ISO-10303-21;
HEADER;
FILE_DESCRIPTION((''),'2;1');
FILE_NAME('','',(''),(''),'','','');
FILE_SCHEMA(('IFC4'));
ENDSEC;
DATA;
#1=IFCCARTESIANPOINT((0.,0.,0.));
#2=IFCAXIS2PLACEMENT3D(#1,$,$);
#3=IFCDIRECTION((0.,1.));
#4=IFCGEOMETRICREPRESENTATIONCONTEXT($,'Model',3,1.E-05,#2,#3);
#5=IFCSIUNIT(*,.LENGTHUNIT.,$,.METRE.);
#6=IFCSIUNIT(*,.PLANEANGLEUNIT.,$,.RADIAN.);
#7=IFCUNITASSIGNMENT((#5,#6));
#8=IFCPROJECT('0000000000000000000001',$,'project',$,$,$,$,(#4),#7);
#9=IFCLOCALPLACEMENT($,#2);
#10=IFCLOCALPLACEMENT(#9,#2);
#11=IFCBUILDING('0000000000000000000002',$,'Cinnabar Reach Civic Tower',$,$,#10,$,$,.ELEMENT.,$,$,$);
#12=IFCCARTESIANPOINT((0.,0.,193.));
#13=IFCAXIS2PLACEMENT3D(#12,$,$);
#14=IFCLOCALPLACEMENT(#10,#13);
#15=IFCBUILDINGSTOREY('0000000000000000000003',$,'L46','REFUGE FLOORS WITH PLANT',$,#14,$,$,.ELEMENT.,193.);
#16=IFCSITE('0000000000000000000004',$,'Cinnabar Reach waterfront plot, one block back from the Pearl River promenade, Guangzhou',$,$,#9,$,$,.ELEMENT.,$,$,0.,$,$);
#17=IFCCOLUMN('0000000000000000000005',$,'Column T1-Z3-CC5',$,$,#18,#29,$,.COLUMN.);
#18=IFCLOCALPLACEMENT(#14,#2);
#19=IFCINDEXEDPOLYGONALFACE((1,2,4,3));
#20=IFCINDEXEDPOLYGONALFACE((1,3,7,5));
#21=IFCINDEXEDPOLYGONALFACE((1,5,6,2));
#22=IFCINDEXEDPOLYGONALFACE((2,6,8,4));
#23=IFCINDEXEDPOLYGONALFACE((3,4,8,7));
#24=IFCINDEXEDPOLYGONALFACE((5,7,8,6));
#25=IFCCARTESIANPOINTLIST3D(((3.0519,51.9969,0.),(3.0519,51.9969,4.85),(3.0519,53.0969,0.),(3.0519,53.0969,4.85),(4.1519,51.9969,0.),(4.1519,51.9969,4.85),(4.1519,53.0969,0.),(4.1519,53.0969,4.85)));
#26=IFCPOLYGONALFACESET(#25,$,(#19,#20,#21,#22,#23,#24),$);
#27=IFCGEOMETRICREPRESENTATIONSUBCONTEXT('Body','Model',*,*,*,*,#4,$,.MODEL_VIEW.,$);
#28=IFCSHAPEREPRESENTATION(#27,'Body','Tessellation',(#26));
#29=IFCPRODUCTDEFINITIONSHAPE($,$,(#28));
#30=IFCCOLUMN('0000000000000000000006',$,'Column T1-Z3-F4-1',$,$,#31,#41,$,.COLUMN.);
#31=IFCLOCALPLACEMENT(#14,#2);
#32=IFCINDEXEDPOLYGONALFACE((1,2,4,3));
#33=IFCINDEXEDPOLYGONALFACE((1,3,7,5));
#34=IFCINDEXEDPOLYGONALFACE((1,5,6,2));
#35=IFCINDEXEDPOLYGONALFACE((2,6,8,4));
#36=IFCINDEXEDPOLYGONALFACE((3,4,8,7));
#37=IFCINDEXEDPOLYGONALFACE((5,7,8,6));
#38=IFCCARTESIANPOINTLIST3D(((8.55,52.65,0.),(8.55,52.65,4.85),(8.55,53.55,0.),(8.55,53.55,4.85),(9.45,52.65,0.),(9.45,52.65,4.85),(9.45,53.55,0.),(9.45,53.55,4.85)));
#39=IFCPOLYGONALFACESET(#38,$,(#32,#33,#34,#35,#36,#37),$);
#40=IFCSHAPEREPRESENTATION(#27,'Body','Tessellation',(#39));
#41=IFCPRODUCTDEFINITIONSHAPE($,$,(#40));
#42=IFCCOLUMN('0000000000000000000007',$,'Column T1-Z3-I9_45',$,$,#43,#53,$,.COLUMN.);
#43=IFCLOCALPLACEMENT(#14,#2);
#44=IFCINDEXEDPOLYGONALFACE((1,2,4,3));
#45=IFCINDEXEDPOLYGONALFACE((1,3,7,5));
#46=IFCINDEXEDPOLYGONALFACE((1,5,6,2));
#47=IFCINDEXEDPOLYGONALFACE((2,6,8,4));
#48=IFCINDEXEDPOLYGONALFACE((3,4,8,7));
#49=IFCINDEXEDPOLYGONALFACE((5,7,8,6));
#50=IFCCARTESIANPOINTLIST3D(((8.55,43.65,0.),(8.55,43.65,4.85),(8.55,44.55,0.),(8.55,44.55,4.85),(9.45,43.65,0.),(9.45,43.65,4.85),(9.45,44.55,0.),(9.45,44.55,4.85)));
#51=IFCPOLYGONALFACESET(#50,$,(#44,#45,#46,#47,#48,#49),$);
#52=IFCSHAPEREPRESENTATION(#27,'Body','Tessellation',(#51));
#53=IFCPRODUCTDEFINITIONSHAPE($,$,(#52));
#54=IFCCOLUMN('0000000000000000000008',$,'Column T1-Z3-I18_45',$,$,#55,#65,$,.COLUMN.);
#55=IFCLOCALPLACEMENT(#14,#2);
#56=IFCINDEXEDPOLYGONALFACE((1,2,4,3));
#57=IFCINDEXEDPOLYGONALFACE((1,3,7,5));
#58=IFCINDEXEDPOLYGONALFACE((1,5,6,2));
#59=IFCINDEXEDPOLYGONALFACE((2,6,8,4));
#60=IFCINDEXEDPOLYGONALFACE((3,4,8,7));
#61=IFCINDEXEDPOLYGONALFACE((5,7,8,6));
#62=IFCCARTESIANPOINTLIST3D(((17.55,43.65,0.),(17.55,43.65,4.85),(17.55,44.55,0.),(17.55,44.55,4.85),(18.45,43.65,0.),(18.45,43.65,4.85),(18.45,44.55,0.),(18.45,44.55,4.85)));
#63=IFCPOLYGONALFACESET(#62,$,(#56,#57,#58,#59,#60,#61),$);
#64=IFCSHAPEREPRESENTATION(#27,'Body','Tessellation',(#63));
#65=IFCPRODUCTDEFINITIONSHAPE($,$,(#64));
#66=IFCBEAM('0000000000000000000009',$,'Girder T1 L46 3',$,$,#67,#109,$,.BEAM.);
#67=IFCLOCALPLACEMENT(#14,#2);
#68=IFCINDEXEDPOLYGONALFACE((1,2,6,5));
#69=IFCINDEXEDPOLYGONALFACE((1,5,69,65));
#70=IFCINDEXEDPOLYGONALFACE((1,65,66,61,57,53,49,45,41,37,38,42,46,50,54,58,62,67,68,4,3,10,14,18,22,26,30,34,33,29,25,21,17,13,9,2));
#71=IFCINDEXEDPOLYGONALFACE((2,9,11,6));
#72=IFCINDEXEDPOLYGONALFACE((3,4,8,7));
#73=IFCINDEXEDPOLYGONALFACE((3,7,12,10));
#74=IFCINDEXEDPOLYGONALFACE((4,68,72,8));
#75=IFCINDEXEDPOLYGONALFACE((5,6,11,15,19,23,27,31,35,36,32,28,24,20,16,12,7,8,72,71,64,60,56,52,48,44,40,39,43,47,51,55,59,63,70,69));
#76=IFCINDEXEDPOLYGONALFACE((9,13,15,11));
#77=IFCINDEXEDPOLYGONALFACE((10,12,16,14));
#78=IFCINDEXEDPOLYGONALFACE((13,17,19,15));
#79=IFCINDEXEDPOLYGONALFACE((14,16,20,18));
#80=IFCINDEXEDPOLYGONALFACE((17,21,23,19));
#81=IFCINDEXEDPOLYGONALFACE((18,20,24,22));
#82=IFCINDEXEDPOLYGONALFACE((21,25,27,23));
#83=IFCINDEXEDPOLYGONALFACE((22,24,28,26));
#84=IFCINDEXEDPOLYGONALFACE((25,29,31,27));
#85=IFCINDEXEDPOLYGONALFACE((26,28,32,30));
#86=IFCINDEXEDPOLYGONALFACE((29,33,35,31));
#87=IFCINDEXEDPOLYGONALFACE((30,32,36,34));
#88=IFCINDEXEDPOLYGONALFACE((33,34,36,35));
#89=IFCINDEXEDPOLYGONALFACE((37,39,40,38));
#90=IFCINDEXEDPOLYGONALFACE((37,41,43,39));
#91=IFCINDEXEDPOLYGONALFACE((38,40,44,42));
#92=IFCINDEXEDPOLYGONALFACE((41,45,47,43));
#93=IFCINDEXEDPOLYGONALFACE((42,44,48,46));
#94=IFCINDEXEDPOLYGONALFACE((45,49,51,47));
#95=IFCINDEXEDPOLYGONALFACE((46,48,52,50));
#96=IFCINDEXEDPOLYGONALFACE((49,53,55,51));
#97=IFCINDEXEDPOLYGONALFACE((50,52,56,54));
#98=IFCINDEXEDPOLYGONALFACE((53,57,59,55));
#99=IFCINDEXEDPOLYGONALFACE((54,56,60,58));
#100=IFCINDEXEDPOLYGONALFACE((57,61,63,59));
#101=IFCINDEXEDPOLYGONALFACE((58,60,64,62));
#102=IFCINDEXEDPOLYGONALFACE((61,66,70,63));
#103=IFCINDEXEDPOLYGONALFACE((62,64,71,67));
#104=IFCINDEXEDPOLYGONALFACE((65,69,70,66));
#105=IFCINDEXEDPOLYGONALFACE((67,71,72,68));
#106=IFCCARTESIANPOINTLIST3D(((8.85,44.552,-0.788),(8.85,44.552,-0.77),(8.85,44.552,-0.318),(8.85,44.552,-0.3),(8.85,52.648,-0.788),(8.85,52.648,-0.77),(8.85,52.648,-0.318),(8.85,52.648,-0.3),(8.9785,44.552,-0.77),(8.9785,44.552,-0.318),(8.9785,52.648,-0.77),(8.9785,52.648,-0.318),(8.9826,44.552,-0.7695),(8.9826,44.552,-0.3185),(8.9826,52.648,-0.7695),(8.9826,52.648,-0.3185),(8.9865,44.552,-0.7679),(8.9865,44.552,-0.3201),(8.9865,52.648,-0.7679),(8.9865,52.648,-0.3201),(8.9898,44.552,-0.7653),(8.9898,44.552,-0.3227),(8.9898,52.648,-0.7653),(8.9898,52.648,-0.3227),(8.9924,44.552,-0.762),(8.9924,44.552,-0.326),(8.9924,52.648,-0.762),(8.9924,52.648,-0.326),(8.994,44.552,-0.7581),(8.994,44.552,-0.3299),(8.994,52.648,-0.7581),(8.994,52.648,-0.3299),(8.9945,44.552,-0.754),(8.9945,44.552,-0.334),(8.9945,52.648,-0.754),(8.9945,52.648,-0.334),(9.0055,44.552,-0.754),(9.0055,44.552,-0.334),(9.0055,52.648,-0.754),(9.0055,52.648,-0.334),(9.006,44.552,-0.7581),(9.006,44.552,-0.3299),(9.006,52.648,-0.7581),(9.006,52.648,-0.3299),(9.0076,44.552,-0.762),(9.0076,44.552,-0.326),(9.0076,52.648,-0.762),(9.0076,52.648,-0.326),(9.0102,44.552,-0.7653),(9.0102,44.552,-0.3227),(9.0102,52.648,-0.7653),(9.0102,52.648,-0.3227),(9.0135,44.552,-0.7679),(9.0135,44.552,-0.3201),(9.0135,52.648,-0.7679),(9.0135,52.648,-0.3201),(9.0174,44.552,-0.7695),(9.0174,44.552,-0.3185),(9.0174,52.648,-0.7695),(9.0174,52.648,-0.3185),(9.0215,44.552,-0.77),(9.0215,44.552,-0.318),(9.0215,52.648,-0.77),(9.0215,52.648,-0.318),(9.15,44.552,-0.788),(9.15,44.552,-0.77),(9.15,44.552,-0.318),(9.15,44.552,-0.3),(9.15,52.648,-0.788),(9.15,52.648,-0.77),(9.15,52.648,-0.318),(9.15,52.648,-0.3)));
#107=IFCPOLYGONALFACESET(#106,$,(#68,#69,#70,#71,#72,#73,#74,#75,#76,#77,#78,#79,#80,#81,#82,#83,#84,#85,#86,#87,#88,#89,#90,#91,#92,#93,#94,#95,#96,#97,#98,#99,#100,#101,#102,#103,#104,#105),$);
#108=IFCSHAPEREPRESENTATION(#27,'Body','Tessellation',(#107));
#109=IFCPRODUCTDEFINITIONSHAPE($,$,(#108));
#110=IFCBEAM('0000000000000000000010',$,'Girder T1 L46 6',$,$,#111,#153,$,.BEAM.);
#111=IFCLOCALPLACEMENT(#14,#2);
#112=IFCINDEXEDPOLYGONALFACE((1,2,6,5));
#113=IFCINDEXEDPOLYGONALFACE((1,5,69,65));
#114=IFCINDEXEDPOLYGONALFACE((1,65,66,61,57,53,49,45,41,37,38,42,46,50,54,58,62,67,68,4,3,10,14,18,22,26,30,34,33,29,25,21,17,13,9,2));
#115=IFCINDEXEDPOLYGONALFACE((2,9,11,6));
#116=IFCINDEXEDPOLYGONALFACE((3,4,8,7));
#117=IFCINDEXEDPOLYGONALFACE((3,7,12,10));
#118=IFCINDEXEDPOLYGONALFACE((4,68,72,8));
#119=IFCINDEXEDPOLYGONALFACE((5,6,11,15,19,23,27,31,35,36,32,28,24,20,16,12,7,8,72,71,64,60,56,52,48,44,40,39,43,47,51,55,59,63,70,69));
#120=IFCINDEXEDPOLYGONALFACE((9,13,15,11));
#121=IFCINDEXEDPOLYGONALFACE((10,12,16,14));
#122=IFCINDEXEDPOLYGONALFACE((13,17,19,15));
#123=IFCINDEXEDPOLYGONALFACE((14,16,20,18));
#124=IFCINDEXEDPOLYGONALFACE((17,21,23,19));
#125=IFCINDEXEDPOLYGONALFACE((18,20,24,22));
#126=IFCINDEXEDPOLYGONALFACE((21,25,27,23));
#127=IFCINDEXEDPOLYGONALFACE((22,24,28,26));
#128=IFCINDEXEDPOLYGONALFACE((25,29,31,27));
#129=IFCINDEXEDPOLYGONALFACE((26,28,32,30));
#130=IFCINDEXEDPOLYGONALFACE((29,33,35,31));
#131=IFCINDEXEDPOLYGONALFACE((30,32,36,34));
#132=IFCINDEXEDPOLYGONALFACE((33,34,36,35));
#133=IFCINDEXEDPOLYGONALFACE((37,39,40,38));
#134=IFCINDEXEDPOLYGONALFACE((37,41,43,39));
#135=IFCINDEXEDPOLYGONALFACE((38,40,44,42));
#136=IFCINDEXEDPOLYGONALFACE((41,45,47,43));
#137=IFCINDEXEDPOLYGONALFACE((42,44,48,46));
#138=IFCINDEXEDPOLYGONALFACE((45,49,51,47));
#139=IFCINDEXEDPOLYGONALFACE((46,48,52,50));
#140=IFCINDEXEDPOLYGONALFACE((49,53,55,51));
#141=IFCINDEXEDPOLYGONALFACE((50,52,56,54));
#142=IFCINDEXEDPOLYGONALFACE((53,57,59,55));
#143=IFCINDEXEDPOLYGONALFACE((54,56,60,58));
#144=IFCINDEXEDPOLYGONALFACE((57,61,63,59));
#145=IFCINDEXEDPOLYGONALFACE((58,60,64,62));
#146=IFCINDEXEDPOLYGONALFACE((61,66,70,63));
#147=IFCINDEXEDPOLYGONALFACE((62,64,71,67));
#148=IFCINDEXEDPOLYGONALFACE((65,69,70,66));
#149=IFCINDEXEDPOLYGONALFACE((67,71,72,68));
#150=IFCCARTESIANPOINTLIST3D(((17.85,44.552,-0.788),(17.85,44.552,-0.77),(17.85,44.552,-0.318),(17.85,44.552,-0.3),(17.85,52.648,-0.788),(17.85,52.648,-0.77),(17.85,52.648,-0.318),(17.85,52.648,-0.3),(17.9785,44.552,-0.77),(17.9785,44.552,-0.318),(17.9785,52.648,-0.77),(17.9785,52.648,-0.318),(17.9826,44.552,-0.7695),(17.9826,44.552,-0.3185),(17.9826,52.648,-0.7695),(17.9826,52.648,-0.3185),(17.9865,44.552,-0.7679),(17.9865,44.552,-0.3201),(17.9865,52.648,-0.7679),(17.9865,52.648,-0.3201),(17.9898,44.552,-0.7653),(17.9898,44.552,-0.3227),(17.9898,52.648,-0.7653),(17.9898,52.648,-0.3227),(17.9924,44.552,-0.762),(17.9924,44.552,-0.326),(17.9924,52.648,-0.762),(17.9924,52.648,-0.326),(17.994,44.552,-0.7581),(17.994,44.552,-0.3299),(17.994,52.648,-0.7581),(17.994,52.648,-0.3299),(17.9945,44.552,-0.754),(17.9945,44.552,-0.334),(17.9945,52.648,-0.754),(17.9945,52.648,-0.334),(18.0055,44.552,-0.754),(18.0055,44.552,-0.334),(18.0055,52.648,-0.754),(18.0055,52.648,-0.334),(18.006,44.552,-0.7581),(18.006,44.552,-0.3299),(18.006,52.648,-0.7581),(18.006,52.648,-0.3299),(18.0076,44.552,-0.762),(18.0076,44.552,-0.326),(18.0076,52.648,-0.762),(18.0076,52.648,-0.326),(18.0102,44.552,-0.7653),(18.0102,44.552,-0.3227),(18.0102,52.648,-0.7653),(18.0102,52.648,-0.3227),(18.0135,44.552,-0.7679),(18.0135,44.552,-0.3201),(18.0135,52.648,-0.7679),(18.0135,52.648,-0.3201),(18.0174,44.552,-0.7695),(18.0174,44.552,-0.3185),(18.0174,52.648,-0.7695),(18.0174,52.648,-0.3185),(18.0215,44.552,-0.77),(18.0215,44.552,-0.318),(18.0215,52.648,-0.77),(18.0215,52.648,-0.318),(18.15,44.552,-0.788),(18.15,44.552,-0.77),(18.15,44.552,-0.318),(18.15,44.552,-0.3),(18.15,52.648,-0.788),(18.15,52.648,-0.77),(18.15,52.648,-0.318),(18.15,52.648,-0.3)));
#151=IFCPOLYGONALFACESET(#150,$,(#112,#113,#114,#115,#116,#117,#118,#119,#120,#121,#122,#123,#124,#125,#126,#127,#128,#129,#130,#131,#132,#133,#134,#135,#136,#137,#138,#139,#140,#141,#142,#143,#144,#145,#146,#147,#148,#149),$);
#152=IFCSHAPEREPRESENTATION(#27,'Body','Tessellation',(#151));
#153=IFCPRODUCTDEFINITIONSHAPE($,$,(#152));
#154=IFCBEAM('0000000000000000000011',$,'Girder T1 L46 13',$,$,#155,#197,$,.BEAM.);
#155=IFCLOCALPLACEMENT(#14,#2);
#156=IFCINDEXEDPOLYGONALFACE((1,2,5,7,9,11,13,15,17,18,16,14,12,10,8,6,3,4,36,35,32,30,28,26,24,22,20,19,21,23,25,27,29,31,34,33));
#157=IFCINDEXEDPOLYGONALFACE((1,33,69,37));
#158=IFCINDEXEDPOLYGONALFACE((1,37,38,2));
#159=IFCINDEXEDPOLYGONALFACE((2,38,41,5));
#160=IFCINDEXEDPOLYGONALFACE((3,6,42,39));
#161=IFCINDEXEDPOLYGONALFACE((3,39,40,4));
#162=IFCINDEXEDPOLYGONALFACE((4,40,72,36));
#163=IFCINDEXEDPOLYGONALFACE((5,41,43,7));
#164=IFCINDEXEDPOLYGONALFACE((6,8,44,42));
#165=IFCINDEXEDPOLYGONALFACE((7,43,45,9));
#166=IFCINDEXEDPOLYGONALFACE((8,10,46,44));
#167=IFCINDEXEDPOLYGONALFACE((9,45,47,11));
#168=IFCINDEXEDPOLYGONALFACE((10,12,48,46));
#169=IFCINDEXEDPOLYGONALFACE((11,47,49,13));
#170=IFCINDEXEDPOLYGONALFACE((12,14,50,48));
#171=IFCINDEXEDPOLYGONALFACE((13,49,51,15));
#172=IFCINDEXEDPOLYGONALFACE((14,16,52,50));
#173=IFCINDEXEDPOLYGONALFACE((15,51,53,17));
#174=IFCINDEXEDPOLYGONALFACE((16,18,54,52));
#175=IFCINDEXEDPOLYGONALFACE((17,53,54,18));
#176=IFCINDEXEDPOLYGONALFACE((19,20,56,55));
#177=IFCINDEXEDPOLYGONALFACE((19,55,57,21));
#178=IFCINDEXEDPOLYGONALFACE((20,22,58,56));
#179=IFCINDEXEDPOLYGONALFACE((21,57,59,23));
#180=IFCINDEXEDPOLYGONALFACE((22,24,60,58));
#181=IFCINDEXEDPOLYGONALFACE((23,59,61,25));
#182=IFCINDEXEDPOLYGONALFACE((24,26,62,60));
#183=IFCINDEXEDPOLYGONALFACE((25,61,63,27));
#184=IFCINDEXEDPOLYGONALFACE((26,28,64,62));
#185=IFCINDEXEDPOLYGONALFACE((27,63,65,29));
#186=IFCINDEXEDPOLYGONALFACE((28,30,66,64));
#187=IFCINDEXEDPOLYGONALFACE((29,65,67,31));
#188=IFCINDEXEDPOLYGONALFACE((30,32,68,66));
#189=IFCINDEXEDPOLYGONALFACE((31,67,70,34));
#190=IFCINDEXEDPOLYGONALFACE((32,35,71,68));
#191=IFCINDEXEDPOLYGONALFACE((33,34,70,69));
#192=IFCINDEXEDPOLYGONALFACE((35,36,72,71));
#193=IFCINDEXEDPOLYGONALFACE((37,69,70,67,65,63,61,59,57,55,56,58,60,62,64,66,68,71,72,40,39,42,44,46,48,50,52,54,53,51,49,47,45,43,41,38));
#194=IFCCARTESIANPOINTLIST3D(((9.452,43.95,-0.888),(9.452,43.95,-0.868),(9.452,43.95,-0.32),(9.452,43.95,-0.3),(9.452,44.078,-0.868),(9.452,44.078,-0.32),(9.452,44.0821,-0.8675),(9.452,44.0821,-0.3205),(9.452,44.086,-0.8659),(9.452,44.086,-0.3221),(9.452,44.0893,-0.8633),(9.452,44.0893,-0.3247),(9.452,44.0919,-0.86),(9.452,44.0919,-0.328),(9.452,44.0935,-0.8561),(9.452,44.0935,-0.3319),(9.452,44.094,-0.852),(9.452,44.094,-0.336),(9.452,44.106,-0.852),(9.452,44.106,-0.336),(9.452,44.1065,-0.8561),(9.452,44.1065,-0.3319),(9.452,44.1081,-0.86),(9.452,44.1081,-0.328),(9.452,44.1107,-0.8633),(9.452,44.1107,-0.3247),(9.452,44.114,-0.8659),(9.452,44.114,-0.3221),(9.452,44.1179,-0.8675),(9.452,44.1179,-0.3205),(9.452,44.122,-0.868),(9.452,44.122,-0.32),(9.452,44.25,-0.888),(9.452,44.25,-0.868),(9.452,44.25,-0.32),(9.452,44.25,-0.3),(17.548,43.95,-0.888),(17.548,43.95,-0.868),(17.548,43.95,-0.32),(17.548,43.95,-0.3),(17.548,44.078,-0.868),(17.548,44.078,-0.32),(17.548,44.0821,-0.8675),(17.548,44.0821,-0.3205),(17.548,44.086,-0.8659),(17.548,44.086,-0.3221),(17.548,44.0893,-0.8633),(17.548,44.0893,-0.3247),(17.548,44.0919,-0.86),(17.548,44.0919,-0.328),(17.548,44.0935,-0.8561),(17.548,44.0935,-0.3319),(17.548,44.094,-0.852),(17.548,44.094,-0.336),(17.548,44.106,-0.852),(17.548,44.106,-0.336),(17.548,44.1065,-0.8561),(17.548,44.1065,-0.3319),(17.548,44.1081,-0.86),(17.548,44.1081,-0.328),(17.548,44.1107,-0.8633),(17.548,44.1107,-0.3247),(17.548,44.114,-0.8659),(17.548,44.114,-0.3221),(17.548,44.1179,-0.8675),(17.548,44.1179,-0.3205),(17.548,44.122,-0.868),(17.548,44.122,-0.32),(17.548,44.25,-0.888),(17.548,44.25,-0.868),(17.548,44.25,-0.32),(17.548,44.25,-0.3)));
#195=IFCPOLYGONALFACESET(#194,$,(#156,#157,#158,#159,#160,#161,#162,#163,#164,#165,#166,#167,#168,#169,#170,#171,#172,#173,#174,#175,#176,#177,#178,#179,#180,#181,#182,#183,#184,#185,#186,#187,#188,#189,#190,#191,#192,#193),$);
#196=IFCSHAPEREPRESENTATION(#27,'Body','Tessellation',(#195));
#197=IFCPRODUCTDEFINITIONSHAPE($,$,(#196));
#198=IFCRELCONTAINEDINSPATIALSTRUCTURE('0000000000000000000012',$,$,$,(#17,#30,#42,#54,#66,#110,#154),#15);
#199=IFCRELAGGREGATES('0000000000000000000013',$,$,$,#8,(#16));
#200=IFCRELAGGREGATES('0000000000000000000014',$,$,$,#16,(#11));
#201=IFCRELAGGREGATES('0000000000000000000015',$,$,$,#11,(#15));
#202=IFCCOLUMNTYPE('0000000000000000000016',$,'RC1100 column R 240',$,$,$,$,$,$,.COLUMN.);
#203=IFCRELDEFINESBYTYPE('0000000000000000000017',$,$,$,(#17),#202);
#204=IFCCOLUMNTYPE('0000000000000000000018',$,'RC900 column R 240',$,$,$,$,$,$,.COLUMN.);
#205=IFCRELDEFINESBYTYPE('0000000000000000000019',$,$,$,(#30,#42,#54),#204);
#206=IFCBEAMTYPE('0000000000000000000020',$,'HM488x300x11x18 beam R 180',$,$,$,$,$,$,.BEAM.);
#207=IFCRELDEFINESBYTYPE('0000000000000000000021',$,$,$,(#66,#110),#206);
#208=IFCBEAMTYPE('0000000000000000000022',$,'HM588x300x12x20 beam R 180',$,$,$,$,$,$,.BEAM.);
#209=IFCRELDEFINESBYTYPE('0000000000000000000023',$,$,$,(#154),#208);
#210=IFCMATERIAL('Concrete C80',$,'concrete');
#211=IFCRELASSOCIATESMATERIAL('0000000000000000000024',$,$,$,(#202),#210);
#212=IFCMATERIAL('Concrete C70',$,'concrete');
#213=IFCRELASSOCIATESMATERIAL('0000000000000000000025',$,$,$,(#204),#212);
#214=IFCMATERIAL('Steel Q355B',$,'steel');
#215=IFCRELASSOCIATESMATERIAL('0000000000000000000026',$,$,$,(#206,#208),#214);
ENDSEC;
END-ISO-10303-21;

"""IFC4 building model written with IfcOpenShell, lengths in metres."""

from ifc_helpers import new_model, si_unit, direction, frame, origin, origin_2d, place, context, subcontext, project, spatial, rectangle, i_section, extrude, material, material_profile, profile_set, type_object, element, save


model = new_model("IFC4")

# Units and contexts
model_context = context("Model", 3, precision=1e-05, world=origin(), true_north=direction((0.0, 1.0)))
body_context = subcontext(model_context, "Body", "Model", "MODEL_VIEW")
ifc_project = project(units=[si_unit("LENGTHUNIT", "METRE"), si_unit("PLANEANGLEUNIT", "RADIAN")], contexts=[model_context])

# Site, building, storey
site_placement = place(None, origin())
site = spatial("IfcSite", under=ifc_project, at=site_placement, Name="Cinnabar Reach waterfront plot, one block back from the Pearl River promenade, Guangzhou", CompositionType="ELEMENT", RefElevation=0.0)
building_placement = place(site_placement, origin())
building = spatial("IfcBuilding", under=site, at=building_placement, Name="Cinnabar Reach Civic Tower", CompositionType="ELEMENT")
storey_placement = place(building_placement, frame((0.0, 0.0, 193.0)))
storey = spatial("IfcBuildingStorey", under=building, at=storey_placement, Name="L46", Description="REFUGE FLOORS WITH PLANT", CompositionType="ELEMENT", Elevation=193.0)

# Columns
ifc_material_1 = material(Name="Concrete C80", Category="concrete")
ifc_material_profile_1 = material_profile(ifc_material_1, rectangle(XDim=1.1, YDim=1.1, at=origin_2d()), Name="RC1100")
ifc_profile_set_1 = profile_set([ifc_material_profile_1], Name="Concrete C80")
column_type_1 = type_object("IfcColumnType", Name="RC1100 column R 240", PredefinedType="COLUMN", material=ifc_profile_set_1)
column_placement = place(storey_placement, frame((3.6019, 52.5469, 0.0), z_axis=(0.0, 0.0, 1.0), x_axis=(1.0, 0.0, 0.0)))
element("IfcColumn", 1, at=column_placement, inside=storey, type_object=column_type_1, Name="Column T1-Z3-CC5", PredefinedType="COLUMN", context=body_context, shape_type="SweptSolid", body=[
    extrude(rectangle(XDim=1.1, YDim=1.1, at=origin_2d()), origin(), (0.0, 0.0, 1.0), 4.85),
])
ifc_material_2 = material(Name="Concrete C70", Category="concrete")
ifc_material_profile_2 = material_profile(ifc_material_2, rectangle(XDim=0.9, YDim=0.9, at=origin_2d()), Name="RC900")
ifc_profile_set_2 = profile_set([ifc_material_profile_2], Name="Concrete C70")
column_type_2 = type_object("IfcColumnType", Name="RC900 column R 240", PredefinedType="COLUMN", material=ifc_profile_set_2)
for number, where, z_axis, x_axis, name in (
    (2, (9.0, 53.1, 0.0), (0.0, 0.0, 1.0), (1.0, 0.0, 0.0), "Column T1-Z3-F4-1"),
    (3, (9.0, 44.1, 0.0), (0.0, 0.0, 1.0), (1.0, 0.0, 0.0), "Column T1-Z3-I9_45"),
    (4, (18.0, 44.1, 0.0), (0.0, 0.0, 1.0), (1.0, 0.0, 0.0), "Column T1-Z3-I18_45"),
):
    element("IfcColumn", number, at=place(storey_placement, frame(where, z_axis=z_axis, x_axis=x_axis)), inside=storey, type_object=column_type_2, Name=name, PredefinedType="COLUMN", context=body_context, shape_type="SweptSolid", body=[
        extrude(rectangle(XDim=0.9, YDim=0.9, at=origin_2d()), origin(), (0.0, 0.0, 1.0), 4.85),
    ])

# Beams
ifc_material_3 = material(Name="Steel Q355B", Category="steel")
ifc_material_profile_3 = material_profile(ifc_material_3, i_section(OverallWidth=0.3, OverallDepth=0.488, WebThickness=0.011, FlangeThickness=0.018, FilletRadius=0.016, at=origin_2d()), Name="HM488x300x11x18")
ifc_profile_set_3 = profile_set([ifc_material_profile_3], Name="Steel Q355B")
beam_type_1 = type_object("IfcBeamType", Name="HM488x300x11x18 beam R 180", PredefinedType="BEAM", material=ifc_profile_set_3)
for number, where, z_axis, x_axis, name in (
    (5, (9.0, 44.552, -0.544), (0.0, 1.0, 0.0), (-1.0, 0.0, 0.0), "Girder T1 L46 3"),
    (6, (18.0, 44.552, -0.544), (0.0, 1.0, 0.0), (-1.0, 0.0, 0.0), "Girder T1 L46 6"),
):
    element("IfcBeam", number, at=place(storey_placement, frame(where, z_axis=z_axis, x_axis=x_axis)), inside=storey, type_object=beam_type_1, Name=name, PredefinedType="BEAM", context=body_context, shape_type="SweptSolid", body=[
        extrude(i_section(OverallWidth=0.3, OverallDepth=0.488, WebThickness=0.011, FlangeThickness=0.018, FilletRadius=0.016, at=origin_2d()), origin(), (0.0, 0.0, 1.0), 8.096),
    ])
ifc_material_profile_4 = material_profile(ifc_material_3, i_section(OverallWidth=0.3, OverallDepth=0.588, WebThickness=0.012, FlangeThickness=0.02, FilletRadius=0.016, at=origin_2d()), Name="HM588x300x12x20")
ifc_profile_set_4 = profile_set([ifc_material_profile_4], Name="Steel Q355B")
beam_type_2 = type_object("IfcBeamType", Name="HM588x300x12x20 beam R 180", PredefinedType="BEAM", material=ifc_profile_set_4)
beam_1_placement = place(storey_placement, frame((9.452, 44.1, -0.594), z_axis=(1.0, 0.0, 0.0), x_axis=(0.0, 1.0, 0.0)))
element("IfcBeam", 7, at=beam_1_placement, inside=storey, type_object=beam_type_2, Name="Girder T1 L46 13", PredefinedType="BEAM", context=body_context, shape_type="SweptSolid", body=[
    extrude(i_section(OverallWidth=0.3, OverallDepth=0.588, WebThickness=0.012, FlangeThickness=0.02, FilletRadius=0.016, at=origin_2d()), origin(), (0.0, 0.0, 1.0), 8.096),
])

save(model, "model.ifc")
